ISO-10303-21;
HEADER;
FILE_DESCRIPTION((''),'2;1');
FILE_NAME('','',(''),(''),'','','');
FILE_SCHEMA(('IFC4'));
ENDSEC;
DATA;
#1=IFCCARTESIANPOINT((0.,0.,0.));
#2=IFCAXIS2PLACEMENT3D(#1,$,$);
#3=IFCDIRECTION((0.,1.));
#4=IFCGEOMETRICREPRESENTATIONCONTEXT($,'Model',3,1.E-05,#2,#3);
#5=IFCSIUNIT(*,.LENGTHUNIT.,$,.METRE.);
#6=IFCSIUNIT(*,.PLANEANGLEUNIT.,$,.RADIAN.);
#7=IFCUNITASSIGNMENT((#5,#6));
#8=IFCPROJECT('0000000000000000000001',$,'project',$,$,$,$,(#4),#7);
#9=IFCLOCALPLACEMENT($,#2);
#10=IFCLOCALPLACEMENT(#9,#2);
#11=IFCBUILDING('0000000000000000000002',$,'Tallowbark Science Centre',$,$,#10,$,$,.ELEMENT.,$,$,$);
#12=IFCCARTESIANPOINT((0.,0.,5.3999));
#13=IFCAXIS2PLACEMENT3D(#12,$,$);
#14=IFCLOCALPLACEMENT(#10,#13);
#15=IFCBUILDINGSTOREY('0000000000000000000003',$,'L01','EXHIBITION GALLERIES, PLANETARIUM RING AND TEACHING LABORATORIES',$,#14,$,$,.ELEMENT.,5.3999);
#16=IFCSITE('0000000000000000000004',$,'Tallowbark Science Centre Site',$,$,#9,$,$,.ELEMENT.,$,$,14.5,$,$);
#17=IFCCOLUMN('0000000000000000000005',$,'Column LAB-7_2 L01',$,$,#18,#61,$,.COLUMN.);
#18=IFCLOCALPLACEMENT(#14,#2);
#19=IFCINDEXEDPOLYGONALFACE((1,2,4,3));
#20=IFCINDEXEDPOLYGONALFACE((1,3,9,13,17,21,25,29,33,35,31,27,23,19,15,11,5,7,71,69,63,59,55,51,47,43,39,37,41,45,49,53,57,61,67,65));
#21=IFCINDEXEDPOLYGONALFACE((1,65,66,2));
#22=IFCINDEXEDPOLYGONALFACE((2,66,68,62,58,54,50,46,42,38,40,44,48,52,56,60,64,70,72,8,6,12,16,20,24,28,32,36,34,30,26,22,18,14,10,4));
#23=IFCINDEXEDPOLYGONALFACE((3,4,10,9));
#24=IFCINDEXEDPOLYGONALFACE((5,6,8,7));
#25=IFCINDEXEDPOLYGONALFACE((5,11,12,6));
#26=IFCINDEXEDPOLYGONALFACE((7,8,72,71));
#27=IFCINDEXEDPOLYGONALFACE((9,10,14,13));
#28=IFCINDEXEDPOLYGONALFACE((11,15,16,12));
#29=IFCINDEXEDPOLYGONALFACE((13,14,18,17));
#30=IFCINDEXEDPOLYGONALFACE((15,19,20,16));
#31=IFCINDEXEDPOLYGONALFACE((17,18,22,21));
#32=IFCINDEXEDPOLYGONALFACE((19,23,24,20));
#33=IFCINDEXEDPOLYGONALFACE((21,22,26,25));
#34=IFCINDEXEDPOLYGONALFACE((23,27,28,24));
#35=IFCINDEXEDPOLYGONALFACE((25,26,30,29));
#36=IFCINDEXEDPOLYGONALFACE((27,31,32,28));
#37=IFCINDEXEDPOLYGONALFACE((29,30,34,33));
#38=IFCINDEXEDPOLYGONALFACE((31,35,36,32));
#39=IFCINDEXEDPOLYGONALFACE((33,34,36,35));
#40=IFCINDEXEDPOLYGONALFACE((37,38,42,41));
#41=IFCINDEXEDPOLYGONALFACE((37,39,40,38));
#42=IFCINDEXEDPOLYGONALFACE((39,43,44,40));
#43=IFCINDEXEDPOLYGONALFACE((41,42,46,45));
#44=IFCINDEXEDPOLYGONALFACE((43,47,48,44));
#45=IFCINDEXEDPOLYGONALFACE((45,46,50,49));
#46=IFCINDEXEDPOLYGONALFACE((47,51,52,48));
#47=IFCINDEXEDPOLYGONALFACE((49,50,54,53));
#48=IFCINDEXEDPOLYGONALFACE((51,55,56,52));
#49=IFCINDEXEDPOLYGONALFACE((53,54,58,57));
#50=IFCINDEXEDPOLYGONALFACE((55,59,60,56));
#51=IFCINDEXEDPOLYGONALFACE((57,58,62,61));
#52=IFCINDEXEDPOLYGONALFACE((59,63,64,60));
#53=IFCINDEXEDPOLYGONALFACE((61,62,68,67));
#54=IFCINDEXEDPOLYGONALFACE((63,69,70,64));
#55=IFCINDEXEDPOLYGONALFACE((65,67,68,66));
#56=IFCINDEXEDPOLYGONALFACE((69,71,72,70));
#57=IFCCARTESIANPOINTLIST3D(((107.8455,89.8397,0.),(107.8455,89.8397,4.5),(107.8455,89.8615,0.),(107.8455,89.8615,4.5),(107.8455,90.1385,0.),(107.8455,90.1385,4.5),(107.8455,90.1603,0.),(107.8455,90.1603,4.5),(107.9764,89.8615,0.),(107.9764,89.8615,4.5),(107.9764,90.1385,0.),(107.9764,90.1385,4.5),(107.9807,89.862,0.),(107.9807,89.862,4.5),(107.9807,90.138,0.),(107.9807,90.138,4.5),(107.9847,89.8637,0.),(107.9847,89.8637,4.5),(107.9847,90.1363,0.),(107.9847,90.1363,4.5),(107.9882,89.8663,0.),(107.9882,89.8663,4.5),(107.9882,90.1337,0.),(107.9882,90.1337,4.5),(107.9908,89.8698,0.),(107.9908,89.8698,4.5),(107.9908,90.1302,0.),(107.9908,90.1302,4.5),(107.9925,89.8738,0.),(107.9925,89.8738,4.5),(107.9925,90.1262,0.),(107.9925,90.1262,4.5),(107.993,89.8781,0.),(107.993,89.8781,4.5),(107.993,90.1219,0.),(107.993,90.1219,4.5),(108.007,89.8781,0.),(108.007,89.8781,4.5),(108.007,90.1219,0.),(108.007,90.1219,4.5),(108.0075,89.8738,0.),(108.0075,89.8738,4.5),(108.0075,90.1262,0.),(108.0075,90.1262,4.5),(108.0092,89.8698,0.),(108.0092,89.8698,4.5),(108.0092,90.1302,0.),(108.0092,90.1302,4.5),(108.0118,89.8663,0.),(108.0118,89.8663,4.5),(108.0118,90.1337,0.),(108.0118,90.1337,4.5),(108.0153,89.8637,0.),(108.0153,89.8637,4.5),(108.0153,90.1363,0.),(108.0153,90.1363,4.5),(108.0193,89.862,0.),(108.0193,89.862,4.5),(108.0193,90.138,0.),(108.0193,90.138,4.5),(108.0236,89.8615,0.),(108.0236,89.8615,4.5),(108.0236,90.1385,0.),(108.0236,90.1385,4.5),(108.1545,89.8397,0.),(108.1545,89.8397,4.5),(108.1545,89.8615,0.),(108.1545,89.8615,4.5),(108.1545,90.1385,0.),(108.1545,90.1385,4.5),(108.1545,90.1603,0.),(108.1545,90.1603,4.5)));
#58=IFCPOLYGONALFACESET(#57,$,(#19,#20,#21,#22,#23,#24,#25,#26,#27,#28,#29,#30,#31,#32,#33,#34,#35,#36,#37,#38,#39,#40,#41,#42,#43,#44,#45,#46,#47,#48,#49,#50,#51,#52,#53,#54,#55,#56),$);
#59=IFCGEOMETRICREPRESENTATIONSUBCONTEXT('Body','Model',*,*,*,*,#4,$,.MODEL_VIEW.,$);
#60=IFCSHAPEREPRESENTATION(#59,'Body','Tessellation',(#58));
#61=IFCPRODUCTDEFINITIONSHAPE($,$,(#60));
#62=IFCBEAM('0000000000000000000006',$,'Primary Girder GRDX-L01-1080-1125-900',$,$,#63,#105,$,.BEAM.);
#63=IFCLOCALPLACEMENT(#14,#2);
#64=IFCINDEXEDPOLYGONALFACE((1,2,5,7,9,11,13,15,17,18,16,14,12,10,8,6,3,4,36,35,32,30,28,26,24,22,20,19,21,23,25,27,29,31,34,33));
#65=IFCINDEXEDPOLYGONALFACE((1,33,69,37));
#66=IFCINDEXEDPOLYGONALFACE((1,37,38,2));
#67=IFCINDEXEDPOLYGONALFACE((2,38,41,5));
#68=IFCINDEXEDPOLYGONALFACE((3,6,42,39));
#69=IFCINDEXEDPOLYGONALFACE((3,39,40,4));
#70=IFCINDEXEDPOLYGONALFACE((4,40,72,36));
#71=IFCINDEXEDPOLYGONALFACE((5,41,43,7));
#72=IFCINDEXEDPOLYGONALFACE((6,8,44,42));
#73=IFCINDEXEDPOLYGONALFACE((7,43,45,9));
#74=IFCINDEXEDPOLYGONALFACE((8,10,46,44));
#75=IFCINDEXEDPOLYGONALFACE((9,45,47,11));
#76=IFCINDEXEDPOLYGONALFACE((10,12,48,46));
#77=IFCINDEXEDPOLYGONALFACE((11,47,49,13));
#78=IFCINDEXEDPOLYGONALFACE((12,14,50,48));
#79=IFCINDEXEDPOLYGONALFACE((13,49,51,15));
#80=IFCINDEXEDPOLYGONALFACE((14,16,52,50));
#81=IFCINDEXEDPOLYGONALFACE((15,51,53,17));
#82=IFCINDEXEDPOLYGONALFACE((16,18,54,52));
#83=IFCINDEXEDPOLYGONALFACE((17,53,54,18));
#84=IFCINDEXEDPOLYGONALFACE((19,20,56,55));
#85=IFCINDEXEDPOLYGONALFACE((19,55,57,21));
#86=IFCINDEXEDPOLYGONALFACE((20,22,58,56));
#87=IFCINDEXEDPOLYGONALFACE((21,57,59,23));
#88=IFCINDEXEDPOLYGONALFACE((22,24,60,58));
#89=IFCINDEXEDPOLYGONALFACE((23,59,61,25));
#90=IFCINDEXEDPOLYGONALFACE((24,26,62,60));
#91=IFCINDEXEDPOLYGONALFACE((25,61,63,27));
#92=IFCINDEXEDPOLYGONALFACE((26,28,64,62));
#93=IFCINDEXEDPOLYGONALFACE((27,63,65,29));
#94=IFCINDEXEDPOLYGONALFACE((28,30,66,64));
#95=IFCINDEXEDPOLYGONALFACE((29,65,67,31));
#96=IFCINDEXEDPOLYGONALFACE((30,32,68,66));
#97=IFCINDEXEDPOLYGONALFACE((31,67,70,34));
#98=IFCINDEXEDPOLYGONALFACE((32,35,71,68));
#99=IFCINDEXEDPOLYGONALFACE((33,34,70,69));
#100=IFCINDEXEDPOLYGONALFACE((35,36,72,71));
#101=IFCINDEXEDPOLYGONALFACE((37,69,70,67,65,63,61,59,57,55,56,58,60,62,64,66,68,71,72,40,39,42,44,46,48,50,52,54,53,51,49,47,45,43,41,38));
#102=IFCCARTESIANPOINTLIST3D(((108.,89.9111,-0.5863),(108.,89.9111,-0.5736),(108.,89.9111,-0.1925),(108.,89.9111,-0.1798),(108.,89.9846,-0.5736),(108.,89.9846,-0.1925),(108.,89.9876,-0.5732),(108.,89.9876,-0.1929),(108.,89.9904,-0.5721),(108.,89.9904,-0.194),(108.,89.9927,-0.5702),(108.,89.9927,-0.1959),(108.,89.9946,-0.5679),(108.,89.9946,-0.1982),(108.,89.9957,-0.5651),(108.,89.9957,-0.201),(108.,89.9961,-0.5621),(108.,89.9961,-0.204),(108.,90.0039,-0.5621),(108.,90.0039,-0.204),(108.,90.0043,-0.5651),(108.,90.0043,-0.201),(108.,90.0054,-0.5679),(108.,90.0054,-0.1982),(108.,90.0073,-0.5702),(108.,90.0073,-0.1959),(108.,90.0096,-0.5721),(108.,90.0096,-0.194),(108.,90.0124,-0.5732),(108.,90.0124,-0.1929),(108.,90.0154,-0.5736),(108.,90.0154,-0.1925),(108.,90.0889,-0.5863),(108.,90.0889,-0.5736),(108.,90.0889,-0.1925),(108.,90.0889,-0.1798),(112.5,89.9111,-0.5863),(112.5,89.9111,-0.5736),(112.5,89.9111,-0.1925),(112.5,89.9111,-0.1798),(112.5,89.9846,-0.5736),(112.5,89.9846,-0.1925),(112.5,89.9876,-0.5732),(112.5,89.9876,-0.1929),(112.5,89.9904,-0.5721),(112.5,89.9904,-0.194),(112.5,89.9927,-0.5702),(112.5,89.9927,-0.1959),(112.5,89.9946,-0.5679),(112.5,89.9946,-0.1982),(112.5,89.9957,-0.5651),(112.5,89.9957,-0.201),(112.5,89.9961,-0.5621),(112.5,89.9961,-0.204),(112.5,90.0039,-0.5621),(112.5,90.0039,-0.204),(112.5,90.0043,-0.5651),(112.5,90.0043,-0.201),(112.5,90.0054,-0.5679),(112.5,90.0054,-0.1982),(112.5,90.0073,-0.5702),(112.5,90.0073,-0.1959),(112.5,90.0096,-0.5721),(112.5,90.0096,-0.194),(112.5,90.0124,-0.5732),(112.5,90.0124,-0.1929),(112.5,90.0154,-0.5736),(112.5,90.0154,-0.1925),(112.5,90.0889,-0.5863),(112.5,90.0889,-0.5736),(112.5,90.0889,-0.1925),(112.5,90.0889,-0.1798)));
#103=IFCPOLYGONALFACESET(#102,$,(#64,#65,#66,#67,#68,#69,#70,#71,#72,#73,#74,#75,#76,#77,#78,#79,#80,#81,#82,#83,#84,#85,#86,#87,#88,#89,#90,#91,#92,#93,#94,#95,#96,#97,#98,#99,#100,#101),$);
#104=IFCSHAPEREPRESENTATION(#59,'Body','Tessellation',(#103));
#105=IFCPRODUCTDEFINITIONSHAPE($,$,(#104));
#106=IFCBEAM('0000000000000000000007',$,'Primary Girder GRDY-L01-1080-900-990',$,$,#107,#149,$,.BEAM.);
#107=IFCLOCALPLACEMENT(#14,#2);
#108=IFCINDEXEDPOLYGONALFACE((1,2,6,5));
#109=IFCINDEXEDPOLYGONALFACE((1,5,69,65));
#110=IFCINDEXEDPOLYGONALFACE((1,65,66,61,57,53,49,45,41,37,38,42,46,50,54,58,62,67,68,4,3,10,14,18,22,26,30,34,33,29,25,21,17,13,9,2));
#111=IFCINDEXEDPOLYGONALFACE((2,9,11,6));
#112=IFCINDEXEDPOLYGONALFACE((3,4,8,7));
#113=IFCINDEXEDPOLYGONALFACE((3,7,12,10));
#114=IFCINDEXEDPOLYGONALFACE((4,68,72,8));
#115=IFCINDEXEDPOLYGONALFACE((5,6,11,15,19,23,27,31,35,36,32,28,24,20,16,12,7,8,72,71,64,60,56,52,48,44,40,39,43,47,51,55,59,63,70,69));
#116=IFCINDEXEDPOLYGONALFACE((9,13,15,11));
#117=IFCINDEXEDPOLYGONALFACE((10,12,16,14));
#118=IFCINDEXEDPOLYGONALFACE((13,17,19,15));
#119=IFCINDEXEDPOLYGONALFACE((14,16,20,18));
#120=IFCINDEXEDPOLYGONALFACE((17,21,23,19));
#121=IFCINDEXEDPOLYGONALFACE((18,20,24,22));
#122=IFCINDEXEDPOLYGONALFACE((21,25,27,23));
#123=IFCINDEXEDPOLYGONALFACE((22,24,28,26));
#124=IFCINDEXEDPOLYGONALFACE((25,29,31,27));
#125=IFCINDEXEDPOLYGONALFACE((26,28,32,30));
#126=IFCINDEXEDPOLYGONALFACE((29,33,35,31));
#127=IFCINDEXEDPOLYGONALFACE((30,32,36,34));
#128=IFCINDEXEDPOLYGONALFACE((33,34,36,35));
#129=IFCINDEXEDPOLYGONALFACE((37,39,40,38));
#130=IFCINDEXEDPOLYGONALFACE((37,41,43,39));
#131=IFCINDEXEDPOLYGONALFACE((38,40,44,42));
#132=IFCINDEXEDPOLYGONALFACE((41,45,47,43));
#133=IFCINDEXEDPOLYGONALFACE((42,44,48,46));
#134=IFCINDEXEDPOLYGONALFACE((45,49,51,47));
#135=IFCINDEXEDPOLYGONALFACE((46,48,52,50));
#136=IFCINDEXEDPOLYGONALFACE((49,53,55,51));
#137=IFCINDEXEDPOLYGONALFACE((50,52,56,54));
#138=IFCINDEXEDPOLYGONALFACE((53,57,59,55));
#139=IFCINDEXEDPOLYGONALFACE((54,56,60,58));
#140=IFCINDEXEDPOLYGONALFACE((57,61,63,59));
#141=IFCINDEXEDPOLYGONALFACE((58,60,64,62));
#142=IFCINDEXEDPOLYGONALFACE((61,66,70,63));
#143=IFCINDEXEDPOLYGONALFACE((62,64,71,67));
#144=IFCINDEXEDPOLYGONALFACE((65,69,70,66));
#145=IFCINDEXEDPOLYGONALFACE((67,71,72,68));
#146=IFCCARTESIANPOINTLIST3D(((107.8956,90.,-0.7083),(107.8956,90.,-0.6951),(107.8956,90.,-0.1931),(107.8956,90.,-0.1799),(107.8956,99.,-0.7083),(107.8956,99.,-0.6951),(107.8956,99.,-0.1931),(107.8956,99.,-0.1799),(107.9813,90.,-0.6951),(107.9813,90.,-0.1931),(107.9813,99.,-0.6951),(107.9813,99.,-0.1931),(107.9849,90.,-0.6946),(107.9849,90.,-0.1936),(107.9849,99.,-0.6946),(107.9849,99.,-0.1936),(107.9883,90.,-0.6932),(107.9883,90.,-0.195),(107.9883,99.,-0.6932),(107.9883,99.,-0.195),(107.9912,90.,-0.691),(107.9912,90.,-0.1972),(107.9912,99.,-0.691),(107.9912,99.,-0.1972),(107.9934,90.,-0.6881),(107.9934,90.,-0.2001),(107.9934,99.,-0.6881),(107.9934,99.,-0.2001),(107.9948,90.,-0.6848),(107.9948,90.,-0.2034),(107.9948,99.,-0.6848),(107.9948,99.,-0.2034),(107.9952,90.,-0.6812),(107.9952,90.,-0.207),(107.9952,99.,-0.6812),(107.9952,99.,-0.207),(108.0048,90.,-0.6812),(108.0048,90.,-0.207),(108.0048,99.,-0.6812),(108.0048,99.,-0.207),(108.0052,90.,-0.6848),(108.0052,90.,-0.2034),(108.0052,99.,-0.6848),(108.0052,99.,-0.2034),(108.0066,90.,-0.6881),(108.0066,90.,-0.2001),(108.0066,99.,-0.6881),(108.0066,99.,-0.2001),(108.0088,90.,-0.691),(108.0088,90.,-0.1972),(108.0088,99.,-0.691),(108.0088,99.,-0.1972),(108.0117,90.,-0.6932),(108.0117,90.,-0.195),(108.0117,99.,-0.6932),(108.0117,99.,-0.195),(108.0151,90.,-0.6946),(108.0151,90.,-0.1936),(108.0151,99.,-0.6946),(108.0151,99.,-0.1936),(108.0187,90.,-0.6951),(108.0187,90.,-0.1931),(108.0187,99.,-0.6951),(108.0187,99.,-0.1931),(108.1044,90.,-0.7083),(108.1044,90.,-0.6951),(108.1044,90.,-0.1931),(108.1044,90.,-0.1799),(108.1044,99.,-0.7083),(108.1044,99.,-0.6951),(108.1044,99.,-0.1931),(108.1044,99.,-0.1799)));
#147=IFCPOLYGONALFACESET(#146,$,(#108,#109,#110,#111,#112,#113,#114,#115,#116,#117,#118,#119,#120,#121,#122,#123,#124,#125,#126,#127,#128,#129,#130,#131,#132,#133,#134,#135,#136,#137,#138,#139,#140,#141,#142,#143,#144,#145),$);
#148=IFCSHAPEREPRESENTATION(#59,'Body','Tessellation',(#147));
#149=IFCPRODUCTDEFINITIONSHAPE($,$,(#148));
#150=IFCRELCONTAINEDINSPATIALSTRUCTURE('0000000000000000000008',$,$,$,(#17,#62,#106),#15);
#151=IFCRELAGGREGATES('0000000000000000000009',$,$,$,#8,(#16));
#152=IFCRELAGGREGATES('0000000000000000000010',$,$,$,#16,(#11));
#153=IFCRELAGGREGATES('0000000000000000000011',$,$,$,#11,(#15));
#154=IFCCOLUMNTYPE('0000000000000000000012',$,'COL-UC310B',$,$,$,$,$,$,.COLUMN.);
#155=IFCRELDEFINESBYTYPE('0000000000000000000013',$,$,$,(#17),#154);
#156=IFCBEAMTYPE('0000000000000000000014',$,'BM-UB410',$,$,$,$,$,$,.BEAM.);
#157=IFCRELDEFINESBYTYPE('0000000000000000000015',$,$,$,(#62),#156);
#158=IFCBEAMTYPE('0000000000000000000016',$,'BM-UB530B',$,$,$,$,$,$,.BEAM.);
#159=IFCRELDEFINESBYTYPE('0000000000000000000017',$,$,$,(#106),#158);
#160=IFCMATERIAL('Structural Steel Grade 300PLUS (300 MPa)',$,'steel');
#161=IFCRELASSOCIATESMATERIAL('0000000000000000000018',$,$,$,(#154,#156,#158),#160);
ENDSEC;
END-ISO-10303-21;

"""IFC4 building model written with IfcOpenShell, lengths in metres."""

from ifc_helpers import new_model, si_unit, direction, frame, origin, origin_2d, place, context, subcontext, project, spatial, i_section, extrude, material, material_profile, profile_set, type_object, element, save


model = new_model("IFC4")

# Units and contexts
model_context = context("Model", 3, precision=1e-05, world=origin(), true_north=direction((0.0, 1.0)))
body_context = subcontext(model_context, "Body", "Model", "MODEL_VIEW")
ifc_project = project(units=[si_unit("LENGTHUNIT", "METRE"), si_unit("PLANEANGLEUNIT", "RADIAN")], contexts=[model_context])

# Site, building, storey
site_placement = place(None, origin())
site = spatial("IfcSite", under=ifc_project, at=site_placement, Name="Tallowbark Science Centre Site", CompositionType="ELEMENT", RefElevation=14.5)
building_placement = place(site_placement, origin())
building = spatial("IfcBuilding", under=site, at=building_placement, Name="Tallowbark Science Centre", CompositionType="ELEMENT")
storey_placement = place(building_placement, frame((0.0, 0.0, 5.3999)))
storey = spatial("IfcBuildingStorey", under=building, at=storey_placement, Name="L01", Description="EXHIBITION GALLERIES, PLANETARIUM RING AND TEACHING LABORATORIES", CompositionType="ELEMENT", Elevation=5.3999)

# Column
ifc_material_1 = material(Name="Structural Steel Grade 300PLUS (300 MPa)", Category="steel")
ifc_material_profile_1 = material_profile(ifc_material_1, i_section(OverallWidth=0.3091, OverallDepth=0.3206, WebThickness=0.0139, FlangeThickness=0.0217, FilletRadius=0.0166, at=origin_2d()), Name="310UC137")
ifc_profile_set_1 = profile_set([ifc_material_profile_1], Name="Structural Steel Grade 300PLUS (300 MPa)")
column_type = type_object("IfcColumnType", Name="COL-UC310B", PredefinedType="COLUMN", material=ifc_profile_set_1)
column_placement = place(storey_placement, frame((108.0, 90.0, 0.0), z_axis=(0.0, 0.0, 1.0), x_axis=(1.0, 0.0, 0.0)))
element("IfcColumn", 1, at=column_placement, inside=storey, type_object=column_type, Name="Column LAB-7_2 L01", PredefinedType="COLUMN", context=body_context, shape_type="SweptSolid", body=[
    extrude(i_section(OverallWidth=0.3091, OverallDepth=0.3206, WebThickness=0.0139, FlangeThickness=0.0217, FilletRadius=0.0166, at=origin_2d()), origin(), (0.0, 0.0, 1.0), 4.5),
])

# Beams
ifc_material_profile_2 = material_profile(ifc_material_1, i_section(OverallWidth=0.1777, OverallDepth=0.4065, WebThickness=0.0078, FlangeThickness=0.0127, FilletRadius=0.0115, at=origin_2d()), Name="410UB59.7")
ifc_profile_set_2 = profile_set([ifc_material_profile_2], Name="Structural Steel Grade 300PLUS (300 MPa)")
beam_type_1 = type_object("IfcBeamType", Name="BM-UB410", PredefinedType="BEAM", material=ifc_profile_set_2)
beam_1_placement = place(storey_placement, frame((108.0, 90.0, -0.3831), z_axis=(1.0, 0.0, 0.0), x_axis=(0.0, 1.0, 0.0)))
element("IfcBeam", 2, at=beam_1_placement, inside=storey, type_object=beam_type_1, Name="Primary Girder GRDX-L01-1080-1125-900", PredefinedType="BEAM", context=body_context, shape_type="SweptSolid", body=[
    extrude(i_section(OverallWidth=0.1777, OverallDepth=0.4065, WebThickness=0.0078, FlangeThickness=0.0127, FilletRadius=0.0115, at=origin_2d()), origin(), (0.0, 0.0, 1.0), 4.5),
])
ifc_material_profile_3 = material_profile(ifc_material_1, i_section(OverallWidth=0.2087, OverallDepth=0.5283, WebThickness=0.0095, FlangeThickness=0.0132, FilletRadius=0.0139, at=origin_2d()), Name="530UB82.0")
ifc_profile_set_3 = profile_set([ifc_material_profile_3], Name="Structural Steel Grade 300PLUS (300 MPa)")
beam_type_2 = type_object("IfcBeamType", Name="BM-UB530B", PredefinedType="BEAM", material=ifc_profile_set_3)
beam_2_placement = place(storey_placement, frame((108.0, 90.0, -0.4441), z_axis=(0.0, 1.0, 0.0), x_axis=(-1.0, 0.0, 0.0)))
element("IfcBeam", 3, at=beam_2_placement, inside=storey, type_object=beam_type_2, Name="Primary Girder GRDY-L01-1080-900-990", PredefinedType="BEAM", context=body_context, shape_type="SweptSolid", body=[
    extrude(i_section(OverallWidth=0.2087, OverallDepth=0.5283, WebThickness=0.0095, FlangeThickness=0.0132, FilletRadius=0.0139, at=origin_2d()), origin(), (0.0, 0.0, 1.0), 9.0),
])

save(model, "model.ifc")
